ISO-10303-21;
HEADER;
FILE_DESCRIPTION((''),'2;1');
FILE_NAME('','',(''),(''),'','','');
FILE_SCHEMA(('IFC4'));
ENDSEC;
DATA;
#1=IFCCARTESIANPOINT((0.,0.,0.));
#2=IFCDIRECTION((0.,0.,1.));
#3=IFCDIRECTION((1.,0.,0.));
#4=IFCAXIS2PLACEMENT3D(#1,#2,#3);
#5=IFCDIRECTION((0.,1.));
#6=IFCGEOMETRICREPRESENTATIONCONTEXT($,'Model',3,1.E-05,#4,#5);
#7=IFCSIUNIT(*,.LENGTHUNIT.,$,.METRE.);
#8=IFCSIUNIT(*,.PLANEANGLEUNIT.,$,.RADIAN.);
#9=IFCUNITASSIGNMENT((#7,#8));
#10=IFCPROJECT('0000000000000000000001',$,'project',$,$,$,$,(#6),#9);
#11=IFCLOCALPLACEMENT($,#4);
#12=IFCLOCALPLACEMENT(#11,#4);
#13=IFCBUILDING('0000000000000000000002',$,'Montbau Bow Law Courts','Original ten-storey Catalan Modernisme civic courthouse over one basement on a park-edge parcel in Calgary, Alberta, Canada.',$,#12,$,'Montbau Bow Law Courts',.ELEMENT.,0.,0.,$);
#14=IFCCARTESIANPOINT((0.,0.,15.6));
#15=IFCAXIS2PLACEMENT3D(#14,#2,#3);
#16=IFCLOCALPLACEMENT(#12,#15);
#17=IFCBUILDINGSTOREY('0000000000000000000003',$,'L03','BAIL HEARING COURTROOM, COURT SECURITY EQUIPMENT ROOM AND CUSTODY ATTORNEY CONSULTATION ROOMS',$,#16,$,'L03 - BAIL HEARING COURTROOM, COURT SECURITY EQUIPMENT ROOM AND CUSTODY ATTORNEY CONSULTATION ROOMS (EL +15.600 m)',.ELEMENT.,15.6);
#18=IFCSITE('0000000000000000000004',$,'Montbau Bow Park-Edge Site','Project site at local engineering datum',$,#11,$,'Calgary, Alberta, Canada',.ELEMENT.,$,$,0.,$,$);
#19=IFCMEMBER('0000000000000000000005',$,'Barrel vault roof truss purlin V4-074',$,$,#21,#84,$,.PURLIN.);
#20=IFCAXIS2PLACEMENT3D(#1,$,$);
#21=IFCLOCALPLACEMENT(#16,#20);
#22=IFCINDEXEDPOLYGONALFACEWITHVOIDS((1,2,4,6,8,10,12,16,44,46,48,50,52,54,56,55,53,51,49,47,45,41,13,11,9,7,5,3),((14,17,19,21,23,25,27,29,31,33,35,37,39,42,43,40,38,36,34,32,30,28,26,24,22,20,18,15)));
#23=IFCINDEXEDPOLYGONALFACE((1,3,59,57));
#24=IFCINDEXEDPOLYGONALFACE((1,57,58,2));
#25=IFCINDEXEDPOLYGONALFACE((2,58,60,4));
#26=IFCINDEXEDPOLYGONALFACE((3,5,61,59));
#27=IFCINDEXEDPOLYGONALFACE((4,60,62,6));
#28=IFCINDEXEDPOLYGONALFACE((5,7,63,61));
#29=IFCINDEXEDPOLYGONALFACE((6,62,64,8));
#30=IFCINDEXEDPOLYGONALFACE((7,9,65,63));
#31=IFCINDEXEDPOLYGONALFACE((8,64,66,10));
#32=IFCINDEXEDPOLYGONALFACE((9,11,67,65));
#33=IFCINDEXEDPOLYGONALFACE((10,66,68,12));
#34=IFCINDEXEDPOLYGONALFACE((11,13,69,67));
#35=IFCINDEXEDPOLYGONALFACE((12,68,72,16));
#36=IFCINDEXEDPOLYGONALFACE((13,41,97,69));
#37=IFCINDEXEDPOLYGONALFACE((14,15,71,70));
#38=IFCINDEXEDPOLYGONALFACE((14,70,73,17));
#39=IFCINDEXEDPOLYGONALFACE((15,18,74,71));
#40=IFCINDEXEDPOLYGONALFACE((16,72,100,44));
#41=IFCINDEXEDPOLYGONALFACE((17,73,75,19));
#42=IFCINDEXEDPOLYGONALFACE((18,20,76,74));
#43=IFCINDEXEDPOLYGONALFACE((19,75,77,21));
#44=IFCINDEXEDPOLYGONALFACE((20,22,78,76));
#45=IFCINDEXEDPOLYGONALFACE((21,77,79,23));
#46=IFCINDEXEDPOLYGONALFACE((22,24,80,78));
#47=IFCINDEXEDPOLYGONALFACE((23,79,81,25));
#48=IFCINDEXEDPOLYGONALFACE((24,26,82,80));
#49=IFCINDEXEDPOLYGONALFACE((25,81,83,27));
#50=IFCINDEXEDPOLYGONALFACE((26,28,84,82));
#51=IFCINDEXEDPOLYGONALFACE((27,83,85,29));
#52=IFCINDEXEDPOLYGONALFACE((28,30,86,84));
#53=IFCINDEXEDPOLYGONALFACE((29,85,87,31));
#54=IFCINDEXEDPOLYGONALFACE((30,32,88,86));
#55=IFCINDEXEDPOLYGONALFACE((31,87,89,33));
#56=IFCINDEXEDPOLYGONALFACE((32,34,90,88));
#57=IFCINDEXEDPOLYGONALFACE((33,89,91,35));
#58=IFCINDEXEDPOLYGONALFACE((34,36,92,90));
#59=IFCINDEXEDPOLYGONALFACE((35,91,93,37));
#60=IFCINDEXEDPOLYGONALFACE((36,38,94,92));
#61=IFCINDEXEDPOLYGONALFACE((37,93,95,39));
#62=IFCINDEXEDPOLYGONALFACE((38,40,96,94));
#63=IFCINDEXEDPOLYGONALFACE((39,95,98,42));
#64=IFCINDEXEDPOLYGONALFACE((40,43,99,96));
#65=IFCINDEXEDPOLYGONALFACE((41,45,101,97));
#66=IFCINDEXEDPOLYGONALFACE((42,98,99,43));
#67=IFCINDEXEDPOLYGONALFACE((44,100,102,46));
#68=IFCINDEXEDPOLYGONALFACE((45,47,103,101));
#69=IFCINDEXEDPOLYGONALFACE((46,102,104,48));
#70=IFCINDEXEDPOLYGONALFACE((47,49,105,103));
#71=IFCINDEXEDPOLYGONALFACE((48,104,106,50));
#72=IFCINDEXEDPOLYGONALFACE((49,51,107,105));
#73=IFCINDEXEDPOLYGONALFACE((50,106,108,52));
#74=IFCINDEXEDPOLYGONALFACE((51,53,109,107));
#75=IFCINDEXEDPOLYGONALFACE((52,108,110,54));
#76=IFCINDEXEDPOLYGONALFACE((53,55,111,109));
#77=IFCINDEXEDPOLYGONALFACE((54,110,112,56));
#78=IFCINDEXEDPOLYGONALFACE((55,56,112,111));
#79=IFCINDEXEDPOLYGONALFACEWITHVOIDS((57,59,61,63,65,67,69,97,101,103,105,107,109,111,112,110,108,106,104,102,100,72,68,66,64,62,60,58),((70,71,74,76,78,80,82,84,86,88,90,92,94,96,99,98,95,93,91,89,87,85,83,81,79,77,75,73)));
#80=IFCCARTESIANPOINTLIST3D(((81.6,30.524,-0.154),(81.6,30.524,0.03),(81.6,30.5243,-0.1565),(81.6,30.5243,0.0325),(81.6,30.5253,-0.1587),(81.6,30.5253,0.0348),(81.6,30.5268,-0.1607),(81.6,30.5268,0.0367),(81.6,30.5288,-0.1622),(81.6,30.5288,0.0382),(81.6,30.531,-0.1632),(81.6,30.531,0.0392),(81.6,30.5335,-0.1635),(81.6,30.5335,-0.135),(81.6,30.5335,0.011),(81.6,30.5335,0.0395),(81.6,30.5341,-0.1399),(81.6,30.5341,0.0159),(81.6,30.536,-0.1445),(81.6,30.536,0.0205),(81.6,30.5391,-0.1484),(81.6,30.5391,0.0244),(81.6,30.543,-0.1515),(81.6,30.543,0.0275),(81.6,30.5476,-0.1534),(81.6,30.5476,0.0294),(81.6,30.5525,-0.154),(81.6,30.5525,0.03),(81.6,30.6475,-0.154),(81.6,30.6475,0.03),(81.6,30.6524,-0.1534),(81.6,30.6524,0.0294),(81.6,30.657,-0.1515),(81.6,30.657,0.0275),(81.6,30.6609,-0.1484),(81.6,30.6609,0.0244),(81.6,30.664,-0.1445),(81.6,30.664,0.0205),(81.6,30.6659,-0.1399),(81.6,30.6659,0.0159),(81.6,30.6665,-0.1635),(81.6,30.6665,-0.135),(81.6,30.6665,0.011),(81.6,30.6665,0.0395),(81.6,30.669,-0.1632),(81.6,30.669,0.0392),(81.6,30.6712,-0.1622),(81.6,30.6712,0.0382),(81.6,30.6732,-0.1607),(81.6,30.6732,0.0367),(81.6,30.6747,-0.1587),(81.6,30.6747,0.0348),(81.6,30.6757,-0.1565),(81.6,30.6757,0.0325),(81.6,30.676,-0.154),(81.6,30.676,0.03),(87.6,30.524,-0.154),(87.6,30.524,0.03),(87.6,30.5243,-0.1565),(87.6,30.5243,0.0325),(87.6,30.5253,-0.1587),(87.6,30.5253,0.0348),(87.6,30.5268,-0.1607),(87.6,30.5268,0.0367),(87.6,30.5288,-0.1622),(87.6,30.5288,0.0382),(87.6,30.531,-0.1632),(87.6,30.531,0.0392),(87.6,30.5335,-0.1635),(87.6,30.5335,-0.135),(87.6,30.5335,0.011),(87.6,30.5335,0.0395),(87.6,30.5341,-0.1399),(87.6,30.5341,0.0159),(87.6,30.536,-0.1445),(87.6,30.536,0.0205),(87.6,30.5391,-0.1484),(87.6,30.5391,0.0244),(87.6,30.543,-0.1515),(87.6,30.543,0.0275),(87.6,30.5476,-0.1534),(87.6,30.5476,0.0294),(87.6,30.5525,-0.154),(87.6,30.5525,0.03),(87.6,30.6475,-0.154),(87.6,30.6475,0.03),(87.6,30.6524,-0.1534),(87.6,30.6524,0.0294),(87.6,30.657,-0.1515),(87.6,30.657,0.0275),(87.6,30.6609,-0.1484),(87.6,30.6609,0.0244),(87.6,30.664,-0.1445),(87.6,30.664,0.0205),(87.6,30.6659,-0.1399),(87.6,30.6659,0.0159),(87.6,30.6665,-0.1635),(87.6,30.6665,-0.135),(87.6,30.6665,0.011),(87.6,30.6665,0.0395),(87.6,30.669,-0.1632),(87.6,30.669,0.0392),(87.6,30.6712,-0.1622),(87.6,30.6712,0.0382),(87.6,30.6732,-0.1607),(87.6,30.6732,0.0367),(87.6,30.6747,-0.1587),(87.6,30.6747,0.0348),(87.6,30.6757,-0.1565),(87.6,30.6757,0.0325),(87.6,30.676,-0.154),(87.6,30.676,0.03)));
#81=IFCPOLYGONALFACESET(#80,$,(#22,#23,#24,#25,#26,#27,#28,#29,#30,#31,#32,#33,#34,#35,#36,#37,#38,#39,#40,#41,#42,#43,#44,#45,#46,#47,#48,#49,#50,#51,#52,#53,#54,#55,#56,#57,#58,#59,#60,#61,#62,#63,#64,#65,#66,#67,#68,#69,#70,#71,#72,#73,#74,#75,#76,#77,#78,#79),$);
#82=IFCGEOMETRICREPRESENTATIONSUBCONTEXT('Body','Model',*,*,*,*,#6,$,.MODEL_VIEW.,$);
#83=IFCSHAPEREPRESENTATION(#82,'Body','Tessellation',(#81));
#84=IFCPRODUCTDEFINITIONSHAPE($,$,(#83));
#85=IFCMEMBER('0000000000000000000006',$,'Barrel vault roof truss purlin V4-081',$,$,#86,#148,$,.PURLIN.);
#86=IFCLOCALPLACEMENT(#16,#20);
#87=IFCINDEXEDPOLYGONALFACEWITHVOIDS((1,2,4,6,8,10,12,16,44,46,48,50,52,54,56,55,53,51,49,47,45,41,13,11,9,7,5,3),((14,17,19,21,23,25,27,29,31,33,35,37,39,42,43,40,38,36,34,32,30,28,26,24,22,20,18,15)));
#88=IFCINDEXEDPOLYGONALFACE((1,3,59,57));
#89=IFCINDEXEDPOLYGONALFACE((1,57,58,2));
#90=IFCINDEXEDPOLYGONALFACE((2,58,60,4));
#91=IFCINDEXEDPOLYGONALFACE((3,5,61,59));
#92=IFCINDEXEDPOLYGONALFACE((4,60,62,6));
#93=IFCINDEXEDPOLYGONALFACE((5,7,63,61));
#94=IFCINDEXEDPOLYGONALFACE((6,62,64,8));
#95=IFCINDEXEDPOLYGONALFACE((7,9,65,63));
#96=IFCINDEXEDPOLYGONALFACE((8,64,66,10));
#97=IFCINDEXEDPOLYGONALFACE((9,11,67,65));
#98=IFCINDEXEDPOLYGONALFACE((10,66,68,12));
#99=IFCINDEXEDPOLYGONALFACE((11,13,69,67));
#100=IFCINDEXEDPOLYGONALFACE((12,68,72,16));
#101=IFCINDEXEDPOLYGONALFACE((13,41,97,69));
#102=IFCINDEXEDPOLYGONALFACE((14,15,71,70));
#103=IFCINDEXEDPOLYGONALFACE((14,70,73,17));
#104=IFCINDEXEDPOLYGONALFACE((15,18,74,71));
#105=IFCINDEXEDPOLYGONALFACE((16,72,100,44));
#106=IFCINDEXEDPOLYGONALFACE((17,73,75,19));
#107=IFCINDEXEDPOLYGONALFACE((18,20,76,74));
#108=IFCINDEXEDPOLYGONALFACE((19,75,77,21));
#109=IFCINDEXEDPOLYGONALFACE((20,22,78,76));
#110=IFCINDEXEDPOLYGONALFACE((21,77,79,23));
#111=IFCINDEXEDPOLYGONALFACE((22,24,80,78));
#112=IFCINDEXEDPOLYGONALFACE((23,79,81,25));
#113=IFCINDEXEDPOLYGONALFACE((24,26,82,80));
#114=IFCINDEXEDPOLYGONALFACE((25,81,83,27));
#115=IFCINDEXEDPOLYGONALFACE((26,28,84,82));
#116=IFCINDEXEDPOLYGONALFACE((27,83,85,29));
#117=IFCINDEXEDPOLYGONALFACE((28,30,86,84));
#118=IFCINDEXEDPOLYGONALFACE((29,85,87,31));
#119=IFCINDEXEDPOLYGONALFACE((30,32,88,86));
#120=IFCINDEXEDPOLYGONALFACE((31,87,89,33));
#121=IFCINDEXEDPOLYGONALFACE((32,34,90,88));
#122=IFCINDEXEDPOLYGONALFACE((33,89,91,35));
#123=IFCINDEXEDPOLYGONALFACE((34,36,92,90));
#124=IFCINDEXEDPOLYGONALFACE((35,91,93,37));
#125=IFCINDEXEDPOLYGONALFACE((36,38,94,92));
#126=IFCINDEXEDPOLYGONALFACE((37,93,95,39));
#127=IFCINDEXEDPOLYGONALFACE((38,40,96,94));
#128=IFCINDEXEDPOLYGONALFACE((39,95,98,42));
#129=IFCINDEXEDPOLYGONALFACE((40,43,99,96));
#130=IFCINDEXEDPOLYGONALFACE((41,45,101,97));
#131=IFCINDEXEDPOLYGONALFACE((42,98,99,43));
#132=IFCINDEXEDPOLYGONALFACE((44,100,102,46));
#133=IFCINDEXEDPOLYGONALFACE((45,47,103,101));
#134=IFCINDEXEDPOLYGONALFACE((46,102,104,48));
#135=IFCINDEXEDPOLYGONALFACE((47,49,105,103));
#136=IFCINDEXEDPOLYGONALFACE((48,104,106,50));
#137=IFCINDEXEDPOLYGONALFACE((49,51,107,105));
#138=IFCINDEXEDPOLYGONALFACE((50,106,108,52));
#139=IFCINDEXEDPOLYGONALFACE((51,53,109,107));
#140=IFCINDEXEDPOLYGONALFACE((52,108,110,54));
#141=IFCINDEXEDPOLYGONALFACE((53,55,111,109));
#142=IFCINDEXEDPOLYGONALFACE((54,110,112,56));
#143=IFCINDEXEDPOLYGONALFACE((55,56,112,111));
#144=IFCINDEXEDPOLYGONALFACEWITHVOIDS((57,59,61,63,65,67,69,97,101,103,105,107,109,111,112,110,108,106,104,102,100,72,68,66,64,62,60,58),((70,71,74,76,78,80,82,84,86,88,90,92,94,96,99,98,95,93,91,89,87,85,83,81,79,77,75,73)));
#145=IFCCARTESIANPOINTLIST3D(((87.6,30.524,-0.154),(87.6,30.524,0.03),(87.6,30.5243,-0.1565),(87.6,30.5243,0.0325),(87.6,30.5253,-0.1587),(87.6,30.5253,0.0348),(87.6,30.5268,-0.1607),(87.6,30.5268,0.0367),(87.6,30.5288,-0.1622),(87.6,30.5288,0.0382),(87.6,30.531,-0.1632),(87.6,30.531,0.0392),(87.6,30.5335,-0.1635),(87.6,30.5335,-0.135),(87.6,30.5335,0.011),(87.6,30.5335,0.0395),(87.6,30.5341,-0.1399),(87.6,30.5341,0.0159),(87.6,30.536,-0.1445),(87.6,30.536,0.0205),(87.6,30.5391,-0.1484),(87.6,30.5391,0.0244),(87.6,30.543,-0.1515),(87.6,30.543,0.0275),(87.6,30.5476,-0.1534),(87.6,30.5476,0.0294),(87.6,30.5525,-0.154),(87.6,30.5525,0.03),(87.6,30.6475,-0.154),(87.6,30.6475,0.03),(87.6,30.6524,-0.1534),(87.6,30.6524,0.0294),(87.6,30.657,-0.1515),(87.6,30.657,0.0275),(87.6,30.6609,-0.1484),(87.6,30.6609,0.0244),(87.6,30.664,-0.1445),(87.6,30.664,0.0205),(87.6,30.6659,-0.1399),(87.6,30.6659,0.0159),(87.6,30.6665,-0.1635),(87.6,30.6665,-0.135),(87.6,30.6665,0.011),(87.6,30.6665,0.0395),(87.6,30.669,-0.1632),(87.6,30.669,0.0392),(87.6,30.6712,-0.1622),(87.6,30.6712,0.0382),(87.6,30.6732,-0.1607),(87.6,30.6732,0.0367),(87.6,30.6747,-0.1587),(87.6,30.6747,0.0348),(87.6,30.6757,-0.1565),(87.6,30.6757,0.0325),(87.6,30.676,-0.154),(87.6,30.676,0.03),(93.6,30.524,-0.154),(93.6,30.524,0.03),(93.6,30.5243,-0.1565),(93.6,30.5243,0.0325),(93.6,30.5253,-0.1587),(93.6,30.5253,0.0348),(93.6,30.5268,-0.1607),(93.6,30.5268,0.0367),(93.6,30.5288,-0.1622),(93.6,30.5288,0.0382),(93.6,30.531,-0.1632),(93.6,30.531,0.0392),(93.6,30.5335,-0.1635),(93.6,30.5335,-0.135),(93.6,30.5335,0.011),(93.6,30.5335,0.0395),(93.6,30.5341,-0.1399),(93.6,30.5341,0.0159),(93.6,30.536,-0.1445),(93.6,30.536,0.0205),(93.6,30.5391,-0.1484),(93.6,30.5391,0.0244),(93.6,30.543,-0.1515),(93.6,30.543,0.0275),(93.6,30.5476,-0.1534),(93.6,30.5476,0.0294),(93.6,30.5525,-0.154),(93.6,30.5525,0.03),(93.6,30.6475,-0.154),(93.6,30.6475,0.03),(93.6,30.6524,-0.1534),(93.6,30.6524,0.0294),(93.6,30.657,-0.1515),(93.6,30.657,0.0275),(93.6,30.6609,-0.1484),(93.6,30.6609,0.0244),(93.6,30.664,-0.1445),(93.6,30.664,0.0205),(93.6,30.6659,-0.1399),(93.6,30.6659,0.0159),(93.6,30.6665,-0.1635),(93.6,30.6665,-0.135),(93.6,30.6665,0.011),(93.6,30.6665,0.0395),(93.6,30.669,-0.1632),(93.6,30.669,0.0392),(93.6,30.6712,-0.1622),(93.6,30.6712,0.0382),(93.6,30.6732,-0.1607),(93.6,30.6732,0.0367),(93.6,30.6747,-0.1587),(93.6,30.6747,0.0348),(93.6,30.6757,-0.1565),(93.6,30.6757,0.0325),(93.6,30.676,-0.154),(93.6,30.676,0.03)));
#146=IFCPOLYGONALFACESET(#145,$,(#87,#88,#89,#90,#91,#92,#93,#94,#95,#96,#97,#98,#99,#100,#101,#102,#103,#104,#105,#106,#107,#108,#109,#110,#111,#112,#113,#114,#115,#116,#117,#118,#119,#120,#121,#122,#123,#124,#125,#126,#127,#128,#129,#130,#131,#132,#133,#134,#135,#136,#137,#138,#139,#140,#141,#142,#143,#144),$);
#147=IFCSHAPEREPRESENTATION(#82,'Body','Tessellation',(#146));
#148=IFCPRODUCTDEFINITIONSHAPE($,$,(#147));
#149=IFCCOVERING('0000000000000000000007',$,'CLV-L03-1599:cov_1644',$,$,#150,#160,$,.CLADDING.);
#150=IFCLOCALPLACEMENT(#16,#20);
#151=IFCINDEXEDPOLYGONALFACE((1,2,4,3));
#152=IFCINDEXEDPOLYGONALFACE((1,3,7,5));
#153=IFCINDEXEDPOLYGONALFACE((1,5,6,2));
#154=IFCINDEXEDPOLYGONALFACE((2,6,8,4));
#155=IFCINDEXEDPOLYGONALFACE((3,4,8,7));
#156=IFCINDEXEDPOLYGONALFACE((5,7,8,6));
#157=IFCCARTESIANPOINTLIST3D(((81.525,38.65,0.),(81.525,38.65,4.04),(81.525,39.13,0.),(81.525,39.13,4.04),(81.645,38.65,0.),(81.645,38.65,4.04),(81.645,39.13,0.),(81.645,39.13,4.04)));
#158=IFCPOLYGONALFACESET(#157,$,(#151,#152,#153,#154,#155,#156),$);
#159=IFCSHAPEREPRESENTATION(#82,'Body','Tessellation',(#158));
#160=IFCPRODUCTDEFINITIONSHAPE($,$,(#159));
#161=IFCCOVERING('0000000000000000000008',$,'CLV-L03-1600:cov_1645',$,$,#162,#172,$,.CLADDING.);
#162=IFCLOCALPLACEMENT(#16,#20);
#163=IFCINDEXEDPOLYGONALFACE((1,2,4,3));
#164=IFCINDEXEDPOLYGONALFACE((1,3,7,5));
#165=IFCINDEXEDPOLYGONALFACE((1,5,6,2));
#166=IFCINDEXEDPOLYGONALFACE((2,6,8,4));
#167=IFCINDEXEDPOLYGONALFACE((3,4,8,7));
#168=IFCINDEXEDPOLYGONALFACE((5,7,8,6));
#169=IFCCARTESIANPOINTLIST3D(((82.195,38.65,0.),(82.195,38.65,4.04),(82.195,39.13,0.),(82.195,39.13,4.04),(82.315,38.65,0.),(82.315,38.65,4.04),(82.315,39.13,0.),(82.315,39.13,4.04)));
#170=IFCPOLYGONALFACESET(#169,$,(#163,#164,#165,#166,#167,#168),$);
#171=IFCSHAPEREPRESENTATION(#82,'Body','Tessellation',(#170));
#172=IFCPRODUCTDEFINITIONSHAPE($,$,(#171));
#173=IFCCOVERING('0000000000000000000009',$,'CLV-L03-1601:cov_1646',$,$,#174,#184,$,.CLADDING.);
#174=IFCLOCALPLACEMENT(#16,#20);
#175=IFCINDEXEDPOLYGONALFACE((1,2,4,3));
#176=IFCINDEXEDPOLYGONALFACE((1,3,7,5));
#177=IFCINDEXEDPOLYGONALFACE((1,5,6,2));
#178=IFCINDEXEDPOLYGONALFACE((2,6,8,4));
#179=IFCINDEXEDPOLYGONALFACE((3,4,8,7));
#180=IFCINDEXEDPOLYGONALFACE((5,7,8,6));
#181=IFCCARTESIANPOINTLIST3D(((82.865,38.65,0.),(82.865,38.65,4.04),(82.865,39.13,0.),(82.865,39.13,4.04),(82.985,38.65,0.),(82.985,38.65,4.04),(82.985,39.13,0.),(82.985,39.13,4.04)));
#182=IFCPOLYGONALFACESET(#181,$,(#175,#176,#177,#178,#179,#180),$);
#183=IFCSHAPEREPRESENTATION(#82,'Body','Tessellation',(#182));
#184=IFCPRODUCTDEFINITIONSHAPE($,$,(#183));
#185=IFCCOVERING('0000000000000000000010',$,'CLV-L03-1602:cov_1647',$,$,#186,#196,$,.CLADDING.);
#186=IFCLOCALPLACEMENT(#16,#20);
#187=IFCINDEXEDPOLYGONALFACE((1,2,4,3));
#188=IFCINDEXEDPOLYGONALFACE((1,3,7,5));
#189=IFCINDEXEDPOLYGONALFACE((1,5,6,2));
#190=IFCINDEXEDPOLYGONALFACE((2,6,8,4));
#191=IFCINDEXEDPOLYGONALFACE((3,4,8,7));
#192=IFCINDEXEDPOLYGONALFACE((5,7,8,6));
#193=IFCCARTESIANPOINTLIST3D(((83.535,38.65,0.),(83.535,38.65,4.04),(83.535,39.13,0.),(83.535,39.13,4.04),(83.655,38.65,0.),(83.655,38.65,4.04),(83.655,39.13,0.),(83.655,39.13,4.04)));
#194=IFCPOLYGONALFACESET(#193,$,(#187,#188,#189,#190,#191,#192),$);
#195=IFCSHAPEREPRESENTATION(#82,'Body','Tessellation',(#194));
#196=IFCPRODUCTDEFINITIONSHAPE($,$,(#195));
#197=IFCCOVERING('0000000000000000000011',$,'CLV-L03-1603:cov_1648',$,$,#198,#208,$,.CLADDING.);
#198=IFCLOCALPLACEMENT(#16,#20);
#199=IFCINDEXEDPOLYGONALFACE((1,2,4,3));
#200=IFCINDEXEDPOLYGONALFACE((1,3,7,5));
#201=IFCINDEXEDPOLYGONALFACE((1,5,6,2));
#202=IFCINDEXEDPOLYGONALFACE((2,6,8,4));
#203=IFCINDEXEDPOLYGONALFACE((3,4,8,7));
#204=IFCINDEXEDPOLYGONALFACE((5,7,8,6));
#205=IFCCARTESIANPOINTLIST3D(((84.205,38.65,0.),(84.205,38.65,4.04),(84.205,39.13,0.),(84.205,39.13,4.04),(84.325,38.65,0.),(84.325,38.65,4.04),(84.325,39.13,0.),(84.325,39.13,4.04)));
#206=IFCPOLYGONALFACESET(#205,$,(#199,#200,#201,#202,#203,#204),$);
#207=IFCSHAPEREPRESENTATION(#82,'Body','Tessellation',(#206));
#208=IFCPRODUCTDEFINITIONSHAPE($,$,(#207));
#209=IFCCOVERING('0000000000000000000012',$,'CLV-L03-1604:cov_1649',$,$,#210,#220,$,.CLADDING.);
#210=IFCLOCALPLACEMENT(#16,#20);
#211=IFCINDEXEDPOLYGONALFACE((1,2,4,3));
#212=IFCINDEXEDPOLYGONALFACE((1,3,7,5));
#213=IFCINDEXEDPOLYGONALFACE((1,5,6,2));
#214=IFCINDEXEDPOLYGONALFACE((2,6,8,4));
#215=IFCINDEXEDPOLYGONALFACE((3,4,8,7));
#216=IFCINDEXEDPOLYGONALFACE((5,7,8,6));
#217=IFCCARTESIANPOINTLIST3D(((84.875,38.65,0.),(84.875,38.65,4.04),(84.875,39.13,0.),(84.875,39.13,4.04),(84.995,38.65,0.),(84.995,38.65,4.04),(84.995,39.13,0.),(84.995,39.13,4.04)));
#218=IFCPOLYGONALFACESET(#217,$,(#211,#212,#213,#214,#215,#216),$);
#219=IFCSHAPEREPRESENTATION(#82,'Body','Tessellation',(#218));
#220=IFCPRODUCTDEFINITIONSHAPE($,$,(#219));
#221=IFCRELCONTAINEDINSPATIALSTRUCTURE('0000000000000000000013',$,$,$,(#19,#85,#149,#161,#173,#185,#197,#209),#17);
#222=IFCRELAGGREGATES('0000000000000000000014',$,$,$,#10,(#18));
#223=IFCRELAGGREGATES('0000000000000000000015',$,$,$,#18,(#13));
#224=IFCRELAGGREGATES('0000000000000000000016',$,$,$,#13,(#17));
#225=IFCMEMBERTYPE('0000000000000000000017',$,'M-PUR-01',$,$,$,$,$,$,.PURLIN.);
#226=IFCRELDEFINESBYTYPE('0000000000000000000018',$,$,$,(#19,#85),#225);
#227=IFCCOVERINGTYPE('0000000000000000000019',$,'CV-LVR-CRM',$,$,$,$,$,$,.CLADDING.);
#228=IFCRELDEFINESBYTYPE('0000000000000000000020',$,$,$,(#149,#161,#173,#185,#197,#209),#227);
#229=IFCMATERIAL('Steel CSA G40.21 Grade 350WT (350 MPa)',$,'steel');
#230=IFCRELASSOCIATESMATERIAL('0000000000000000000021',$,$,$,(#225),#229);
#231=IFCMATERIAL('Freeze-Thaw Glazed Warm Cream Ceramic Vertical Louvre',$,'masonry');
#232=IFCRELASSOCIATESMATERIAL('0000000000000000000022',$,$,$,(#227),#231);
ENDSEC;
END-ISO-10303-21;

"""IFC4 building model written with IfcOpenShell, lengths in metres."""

from ifc_helpers import new_model, si_unit, direction, frame, frame_2d, origin_with_axes, origin_2d_with_axis, place, context, subcontext, project, spatial, rectangle, hollow_rectangle, extrude, material, material_profile, profile_set, type_object, element, save


model = new_model("IFC4")

# Units and contexts
model_context = context("Model", 3, precision=1e-05, world=origin_with_axes(), true_north=direction((0.0, 1.0)))
body_context = subcontext(model_context, "Body", "Model", "MODEL_VIEW")
ifc_project = project(units=[si_unit("LENGTHUNIT", "METRE"), si_unit("PLANEANGLEUNIT", "RADIAN")], contexts=[model_context])

# Site, building, storey
site_placement = place(None, origin_with_axes())
site = spatial("IfcSite", under=ifc_project, at=site_placement, Name="Montbau Bow Park-Edge Site", Description="Project site at local engineering datum", LongName="Calgary, Alberta, Canada", CompositionType="ELEMENT", RefElevation=0.0)
building_placement = place(site_placement, origin_with_axes())
building = spatial("IfcBuilding", under=site, at=building_placement, Name="Montbau Bow Law Courts", Description="Original ten-storey Catalan Modernisme civic courthouse over one basement on a park-edge parcel in Calgary, Alberta, Canada.", LongName="Montbau Bow Law Courts", CompositionType="ELEMENT", ElevationOfRefHeight=0.0, ElevationOfTerrain=0.0)
storey_placement = place(building_placement, frame((0.0, 0.0, 15.6), z_axis=(0.0, 0.0, 1.0), x_axis=(1.0, 0.0, 0.0)))
storey = spatial("IfcBuildingStorey", under=building, at=storey_placement, Name="L03", Description="BAIL HEARING COURTROOM, COURT SECURITY EQUIPMENT ROOM AND CUSTODY ATTORNEY CONSULTATION ROOMS", LongName="L03 - BAIL HEARING COURTROOM, COURT SECURITY EQUIPMENT ROOM AND CUSTODY ATTORNEY CONSULTATION ROOMS (EL +15.600 m)", CompositionType="ELEMENT", Elevation=15.6)

# Shared definitions
ifc_material_1 = material(Name="Steel CSA G40.21 Grade 350WT (350 MPa)", Category="steel")

# Members
ifc_material_profile_1 = material_profile(ifc_material_1, hollow_rectangle(XDim=0.152, YDim=0.203, WallThickness=0.0095, InnerFilletRadius=0.019, OuterFilletRadius=0.0095, at=origin_2d_with_axis()), Name="HSS203X152X9.5", Category="Main", Priority=0)
ifc_profile_set_1 = profile_set([ifc_material_profile_1], Name="Steel CSA G40.21 Grade 350WT (350 MPa)")
member_type = type_object("IfcMemberType", Name="M-PUR-01", PredefinedType="PURLIN", material=ifc_profile_set_1)
for number, where, z_axis, x_axis, name in (
    (1, (81.6, 30.6, 15.538), (1.0, 0.0, 0.0), (0.0, 1.0, 0.0), "Barrel vault roof truss purlin V4-074"),
    (2, (87.6, 30.6, 15.538), (1.0, 0.0, 0.0), (0.0, 1.0, 0.0), "Barrel vault roof truss purlin V4-081"),
):
    element("IfcMember", number, at=place(None, frame(where, z_axis=z_axis, x_axis=x_axis)), inside=storey, type_object=member_type, Name=name, PredefinedType="PURLIN", context=body_context, shape_type="SweptSolid", body=[
        extrude(hollow_rectangle(XDim=0.152, YDim=0.203, WallThickness=0.0095, InnerFilletRadius=0.019, OuterFilletRadius=0.0095, at=origin_2d_with_axis()), origin_with_axes(), (0.0, 0.0, 1.0), 6.0),
    ])

# Coverings
ifc_material_2 = material(Name="Freeze-Thaw Glazed Warm Cream Ceramic Vertical Louvre", Category="masonry")
covering_type = type_object("IfcCoveringType", Name="CV-LVR-CRM", PredefinedType="CLADDING", material=ifc_material_2)
for number, where, z_axis, x_axis, name in (
    (3, (81.585, 39.13, 15.6), (-1.0, 0.0, 0.0), (0.0, -1.0, 0.0), "CLV-L03-1599:cov_1644"),
    (4, (82.255, 39.13, 15.6), (-1.0, 0.0, 0.0), (0.0, -1.0, 0.0), "CLV-L03-1600:cov_1645"),
    (5, (82.925, 39.13, 15.6), (-1.0, 0.0, 0.0), (0.0, -1.0, 0.0), "CLV-L03-1601:cov_1646"),
    (6, (83.595, 39.13, 15.6), (-1.0, 0.0, 0.0), (0.0, -1.0, 0.0), "CLV-L03-1602:cov_1647"),
    (7, (84.265, 39.13, 15.6), (-1.0, 0.0, 0.0), (0.0, -1.0, 0.0), "CLV-L03-1603:cov_1648"),
    (8, (84.935, 39.13, 15.6), (-1.0, 0.0, 0.0), (0.0, -1.0, 0.0), "CLV-L03-1604:cov_1649"),
):
    element("IfcCovering", number, at=place(None, frame(where, z_axis=z_axis, x_axis=x_axis)), inside=storey, type_object=covering_type, Name=name, PredefinedType="CLADDING", context=body_context, shape_type="SweptSolid", body=[
        extrude(rectangle(XDim=0.48, YDim=4.04, at=frame_2d((0.24, 2.02), x_axis=(1.0, 0.0))), frame((0.0, 0.0, -0.06), z_axis=(0.0, 0.0, 1.0), x_axis=(1.0, 0.0, 0.0)), (0.0, 0.0, 1.0), 0.12),
    ])

save(model, "model.ifc")
